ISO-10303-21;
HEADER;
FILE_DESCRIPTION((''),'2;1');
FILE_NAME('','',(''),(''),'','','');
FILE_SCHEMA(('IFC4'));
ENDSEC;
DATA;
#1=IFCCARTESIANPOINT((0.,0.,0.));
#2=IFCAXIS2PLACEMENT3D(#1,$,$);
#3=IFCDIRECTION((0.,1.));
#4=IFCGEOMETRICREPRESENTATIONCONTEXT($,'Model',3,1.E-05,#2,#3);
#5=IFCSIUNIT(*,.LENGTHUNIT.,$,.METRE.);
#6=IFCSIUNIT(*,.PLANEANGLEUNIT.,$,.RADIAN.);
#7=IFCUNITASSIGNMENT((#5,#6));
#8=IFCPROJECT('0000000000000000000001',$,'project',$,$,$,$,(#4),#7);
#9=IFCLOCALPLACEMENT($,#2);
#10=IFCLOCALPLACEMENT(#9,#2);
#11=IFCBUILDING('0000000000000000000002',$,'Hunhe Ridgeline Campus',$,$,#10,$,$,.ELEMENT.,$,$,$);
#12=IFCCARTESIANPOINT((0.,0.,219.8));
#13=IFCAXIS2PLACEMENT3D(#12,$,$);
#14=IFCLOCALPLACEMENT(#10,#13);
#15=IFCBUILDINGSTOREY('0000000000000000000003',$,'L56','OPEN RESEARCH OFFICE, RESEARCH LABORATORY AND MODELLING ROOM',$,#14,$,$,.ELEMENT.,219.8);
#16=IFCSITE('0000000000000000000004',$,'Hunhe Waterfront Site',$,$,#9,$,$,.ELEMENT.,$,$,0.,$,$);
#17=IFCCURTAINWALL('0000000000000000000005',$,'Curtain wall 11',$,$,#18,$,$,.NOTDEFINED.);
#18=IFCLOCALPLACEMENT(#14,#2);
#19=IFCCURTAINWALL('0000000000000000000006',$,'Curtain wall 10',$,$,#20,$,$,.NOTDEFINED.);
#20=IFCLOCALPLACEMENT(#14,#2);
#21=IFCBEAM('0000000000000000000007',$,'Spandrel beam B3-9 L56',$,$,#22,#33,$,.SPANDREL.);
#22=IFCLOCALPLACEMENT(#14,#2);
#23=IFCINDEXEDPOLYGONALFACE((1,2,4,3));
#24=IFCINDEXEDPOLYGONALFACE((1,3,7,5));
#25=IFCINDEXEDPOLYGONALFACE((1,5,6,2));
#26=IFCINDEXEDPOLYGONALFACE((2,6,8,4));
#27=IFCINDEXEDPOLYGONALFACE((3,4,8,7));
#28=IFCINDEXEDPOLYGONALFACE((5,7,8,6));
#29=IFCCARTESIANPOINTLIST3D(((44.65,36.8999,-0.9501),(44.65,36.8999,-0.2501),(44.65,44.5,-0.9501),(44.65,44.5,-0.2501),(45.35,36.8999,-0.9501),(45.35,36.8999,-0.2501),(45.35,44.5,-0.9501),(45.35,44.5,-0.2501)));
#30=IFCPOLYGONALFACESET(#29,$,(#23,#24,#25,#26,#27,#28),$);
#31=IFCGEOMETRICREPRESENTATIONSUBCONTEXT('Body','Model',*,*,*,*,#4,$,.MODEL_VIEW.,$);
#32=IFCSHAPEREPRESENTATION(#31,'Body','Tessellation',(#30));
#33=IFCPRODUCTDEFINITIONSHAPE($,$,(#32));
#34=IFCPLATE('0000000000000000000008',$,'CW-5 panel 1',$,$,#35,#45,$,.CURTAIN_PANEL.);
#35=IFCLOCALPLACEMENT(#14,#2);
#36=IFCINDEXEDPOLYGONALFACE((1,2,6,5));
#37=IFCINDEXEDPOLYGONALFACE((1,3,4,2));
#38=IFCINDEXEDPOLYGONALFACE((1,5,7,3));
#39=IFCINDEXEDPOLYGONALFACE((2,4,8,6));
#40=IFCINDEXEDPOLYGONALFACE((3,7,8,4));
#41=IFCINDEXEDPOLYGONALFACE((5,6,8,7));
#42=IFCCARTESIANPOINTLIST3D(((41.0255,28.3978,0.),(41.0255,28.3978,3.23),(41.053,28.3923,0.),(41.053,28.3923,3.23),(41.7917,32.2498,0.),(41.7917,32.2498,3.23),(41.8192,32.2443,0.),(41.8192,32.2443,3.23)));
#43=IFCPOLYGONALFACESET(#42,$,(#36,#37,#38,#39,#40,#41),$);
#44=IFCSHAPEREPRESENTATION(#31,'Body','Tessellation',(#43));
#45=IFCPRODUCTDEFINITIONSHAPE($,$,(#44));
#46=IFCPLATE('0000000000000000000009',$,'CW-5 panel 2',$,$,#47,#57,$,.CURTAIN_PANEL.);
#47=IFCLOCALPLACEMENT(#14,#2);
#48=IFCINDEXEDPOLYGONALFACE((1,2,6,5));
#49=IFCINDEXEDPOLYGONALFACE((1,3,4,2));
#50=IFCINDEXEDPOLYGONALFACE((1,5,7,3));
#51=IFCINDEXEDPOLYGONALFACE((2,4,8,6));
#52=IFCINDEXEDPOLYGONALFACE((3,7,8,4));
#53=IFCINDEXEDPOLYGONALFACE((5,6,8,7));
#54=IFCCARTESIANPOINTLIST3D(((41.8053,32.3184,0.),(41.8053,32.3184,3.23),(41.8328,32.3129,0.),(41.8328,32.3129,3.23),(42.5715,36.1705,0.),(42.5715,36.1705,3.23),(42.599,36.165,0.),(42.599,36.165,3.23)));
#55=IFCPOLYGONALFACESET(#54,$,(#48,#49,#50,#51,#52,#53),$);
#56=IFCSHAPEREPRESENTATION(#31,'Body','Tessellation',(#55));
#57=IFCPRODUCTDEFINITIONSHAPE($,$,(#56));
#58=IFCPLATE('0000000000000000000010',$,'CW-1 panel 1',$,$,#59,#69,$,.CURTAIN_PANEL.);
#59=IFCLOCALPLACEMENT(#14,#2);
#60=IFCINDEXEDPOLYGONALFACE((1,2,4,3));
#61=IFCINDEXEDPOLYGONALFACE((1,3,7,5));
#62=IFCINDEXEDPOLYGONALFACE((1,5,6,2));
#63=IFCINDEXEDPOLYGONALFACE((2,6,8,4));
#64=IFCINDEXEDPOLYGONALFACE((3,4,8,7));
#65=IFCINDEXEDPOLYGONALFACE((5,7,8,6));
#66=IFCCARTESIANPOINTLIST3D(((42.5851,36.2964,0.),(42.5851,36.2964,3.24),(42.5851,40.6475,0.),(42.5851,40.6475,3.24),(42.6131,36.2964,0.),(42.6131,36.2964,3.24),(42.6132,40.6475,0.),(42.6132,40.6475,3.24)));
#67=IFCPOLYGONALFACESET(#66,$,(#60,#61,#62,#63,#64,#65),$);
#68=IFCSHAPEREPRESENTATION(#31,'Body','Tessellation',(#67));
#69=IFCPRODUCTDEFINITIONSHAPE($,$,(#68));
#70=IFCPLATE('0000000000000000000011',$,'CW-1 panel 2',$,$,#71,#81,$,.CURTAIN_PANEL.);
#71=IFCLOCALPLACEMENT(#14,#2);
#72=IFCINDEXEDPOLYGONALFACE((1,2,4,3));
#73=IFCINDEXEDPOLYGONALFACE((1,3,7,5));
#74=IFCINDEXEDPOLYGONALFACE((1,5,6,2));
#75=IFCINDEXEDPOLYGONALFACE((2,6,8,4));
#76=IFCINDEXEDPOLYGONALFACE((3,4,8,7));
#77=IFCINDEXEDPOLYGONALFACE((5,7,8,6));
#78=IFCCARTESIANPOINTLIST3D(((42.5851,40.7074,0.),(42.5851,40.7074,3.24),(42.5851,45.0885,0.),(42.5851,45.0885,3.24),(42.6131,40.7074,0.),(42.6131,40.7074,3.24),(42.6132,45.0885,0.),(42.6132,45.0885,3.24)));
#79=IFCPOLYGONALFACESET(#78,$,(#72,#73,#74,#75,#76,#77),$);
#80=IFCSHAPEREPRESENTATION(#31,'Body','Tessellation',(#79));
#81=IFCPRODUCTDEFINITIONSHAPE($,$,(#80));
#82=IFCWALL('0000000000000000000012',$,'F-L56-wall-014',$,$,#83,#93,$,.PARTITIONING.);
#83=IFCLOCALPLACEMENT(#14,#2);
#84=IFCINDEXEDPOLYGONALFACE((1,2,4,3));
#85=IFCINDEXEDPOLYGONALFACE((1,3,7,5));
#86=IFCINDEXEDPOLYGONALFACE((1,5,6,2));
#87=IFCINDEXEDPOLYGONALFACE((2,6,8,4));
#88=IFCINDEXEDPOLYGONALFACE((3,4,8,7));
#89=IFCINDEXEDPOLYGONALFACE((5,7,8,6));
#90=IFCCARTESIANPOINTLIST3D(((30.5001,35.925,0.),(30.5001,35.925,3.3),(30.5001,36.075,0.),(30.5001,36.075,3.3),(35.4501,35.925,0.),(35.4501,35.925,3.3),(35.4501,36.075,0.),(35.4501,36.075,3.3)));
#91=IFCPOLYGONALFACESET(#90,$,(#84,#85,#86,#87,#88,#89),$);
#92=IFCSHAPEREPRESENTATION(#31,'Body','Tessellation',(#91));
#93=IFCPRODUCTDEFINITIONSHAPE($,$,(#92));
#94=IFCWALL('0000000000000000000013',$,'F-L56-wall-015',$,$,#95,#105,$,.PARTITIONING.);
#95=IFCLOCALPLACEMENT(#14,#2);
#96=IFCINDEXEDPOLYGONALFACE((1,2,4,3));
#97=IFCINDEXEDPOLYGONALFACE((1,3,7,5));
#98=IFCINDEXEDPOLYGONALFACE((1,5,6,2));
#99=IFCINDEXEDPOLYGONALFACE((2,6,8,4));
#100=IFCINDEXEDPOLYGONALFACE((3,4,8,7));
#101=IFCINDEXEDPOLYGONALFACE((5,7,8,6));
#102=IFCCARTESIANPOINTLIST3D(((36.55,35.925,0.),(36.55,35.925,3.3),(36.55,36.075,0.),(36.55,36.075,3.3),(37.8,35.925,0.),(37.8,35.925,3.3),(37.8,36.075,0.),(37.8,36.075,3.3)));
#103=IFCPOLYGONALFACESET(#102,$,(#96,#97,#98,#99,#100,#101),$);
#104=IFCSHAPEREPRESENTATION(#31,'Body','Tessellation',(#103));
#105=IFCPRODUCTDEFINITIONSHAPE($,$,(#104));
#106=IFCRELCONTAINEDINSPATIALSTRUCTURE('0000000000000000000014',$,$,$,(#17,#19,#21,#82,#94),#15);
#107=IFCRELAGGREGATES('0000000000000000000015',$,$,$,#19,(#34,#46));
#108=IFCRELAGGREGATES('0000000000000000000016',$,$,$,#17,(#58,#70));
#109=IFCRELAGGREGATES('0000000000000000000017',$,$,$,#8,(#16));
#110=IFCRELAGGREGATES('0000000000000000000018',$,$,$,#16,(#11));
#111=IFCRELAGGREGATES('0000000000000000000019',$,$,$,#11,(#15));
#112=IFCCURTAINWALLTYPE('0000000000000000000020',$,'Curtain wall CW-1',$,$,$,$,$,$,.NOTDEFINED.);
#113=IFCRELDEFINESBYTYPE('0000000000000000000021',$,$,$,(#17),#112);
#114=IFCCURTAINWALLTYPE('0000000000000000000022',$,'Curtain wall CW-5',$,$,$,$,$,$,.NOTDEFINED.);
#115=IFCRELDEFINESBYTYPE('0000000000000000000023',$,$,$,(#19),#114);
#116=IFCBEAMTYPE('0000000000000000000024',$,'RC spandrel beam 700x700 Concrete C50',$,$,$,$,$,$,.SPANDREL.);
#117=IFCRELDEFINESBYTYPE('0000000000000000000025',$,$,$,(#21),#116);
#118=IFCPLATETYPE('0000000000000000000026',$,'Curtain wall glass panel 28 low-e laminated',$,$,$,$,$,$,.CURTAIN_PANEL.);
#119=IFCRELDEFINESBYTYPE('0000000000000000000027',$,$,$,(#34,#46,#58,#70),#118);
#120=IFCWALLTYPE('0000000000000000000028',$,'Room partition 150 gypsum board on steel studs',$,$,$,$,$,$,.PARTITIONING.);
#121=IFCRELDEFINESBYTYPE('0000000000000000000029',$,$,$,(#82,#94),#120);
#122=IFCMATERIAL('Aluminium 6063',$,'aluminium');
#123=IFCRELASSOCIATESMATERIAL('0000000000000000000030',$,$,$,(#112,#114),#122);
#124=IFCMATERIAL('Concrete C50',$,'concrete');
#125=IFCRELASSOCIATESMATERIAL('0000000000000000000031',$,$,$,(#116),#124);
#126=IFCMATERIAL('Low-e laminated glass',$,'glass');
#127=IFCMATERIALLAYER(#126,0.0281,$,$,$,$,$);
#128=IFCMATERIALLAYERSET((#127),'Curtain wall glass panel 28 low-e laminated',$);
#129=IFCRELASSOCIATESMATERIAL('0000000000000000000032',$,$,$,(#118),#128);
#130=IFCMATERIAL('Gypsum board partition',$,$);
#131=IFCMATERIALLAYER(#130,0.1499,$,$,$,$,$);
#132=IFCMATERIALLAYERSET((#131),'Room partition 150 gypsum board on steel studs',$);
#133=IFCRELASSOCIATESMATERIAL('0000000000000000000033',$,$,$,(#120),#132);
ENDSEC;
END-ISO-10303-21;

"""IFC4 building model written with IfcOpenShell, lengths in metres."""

from ifc_helpers import new_model, si_unit, direction, frame, frame_2d, origin, origin_2d, place, context, subcontext, project, spatial, rectangle, extrude, material, layer, layer_set, material_profile, profile_set, type_object, element, aggregate, save


model = new_model("IFC4")

# Units and contexts
model_context = context("Model", 3, precision=1e-05, world=origin(), true_north=direction((0.0, 1.0)))
body_context = subcontext(model_context, "Body", "Model", "MODEL_VIEW")
ifc_project = project(units=[si_unit("LENGTHUNIT", "METRE"), si_unit("PLANEANGLEUNIT", "RADIAN")], contexts=[model_context])

# Site, building, storey
site_placement = place(None, origin())
site = spatial("IfcSite", under=ifc_project, at=site_placement, Name="Hunhe Waterfront Site", CompositionType="ELEMENT", RefElevation=0.0)
building_placement = place(site_placement, origin())
building = spatial("IfcBuilding", under=site, at=building_placement, Name="Hunhe Ridgeline Campus", CompositionType="ELEMENT")
storey_placement = place(building_placement, frame((0.0, 0.0, 219.8)))
storey = spatial("IfcBuildingStorey", under=building, at=storey_placement, Name="L56", Description="OPEN RESEARCH OFFICE, RESEARCH LABORATORY AND MODELLING ROOM", CompositionType="ELEMENT", Elevation=219.8)

# Curtain wall
ifc_material_1 = material(Name="Aluminium 6063", Category="aluminium")
curtain_wall_type_1 = type_object("IfcCurtainWallType", Name="Curtain wall CW-1", PredefinedType="NOTDEFINED", material=ifc_material_1)
curtain_wall_1_placement = place(storey_placement, origin())
curtain_wall_1 = element("IfcCurtainWall", 1, at=curtain_wall_1_placement, inside=storey, type_object=curtain_wall_type_1, Name="Curtain wall 11", PredefinedType="NOTDEFINED")

# Shared definitions
curtain_wall_type_2 = type_object("IfcCurtainWallType", Name="Curtain wall CW-5", PredefinedType="NOTDEFINED", material=ifc_material_1)

# Curtain wall
curtain_wall_2_placement = place(storey_placement, origin())
curtain_wall_2 = element("IfcCurtainWall", 2, at=curtain_wall_2_placement, inside=storey, type_object=curtain_wall_type_2, Name="Curtain wall 10", PredefinedType="NOTDEFINED")

# Beam
ifc_material_2 = material(Name="Concrete C50", Category="concrete")
ifc_material_profile_1 = material_profile(ifc_material_2, rectangle(XDim=0.7, YDim=0.7, at=origin_2d()))
ifc_profile_set_1 = profile_set([ifc_material_profile_1], Name="Concrete C50")
beam_type = type_object("IfcBeamType", Name="RC spandrel beam 700x700 Concrete C50", PredefinedType="SPANDREL", material=ifc_profile_set_1)
beam_1_placement = place(storey_placement, frame((45.0, 36.8999, -0.6001), z_axis=(0.0, 1.0, 0.0), x_axis=(-1.0, 0.0, 0.0)))
element("IfcBeam", 3, at=beam_1_placement, inside=storey, type_object=beam_type, Name="Spandrel beam B3-9 L56", PredefinedType="SPANDREL", context=body_context, shape_type="SweptSolid", body=[
    extrude(rectangle(XDim=0.7, YDim=0.7, at=origin_2d()), origin(), (0.0, 0.0, 1.0), 7.6001),
])

# Plates
ifc_material_3 = material(Name="Low-e laminated glass", Category="glass")
ifc_layer_1 = layer(ifc_material_3, 0.0281)
ifc_layer_set_1 = layer_set([ifc_layer_1], Name="Curtain wall glass panel 28 low-e laminated")
plate_type = type_object("IfcPlateType", Name="Curtain wall glass panel 28 low-e laminated", PredefinedType="CURTAIN_PANEL", material=ifc_layer_set_1)
plate_1_placement = place(storey_placement, frame((41.4224, 30.321, 0.0), z_axis=(0.0, 0.0, 1.0), x_axis=(0.19509, 0.980785, 0.0)))
plate_1 = element("IfcPlate", 4, at=plate_1_placement, type_object=plate_type, Name="CW-5 panel 1", PredefinedType="CURTAIN_PANEL", context=body_context, shape_type="SweptSolid", body=[
    extrude(rectangle(XDim=3.9275, YDim=0.0281, at=origin_2d()), origin(), (0.0, 0.0, 1.0), 3.23),
])
plate_2_placement = place(storey_placement, frame((42.2021, 34.2417, 0.0), z_axis=(0.0, 0.0, 1.0), x_axis=(0.19509, 0.980785, 0.0)))
plate_2 = element("IfcPlate", 5, at=plate_2_placement, type_object=plate_type, Name="CW-5 panel 2", PredefinedType="CURTAIN_PANEL", context=body_context, shape_type="SweptSolid", body=[
    extrude(rectangle(XDim=3.9275, YDim=0.0281, at=origin_2d()), origin(), (0.0, 0.0, 1.0), 3.23),
])
aggregate(curtain_wall_2, [plate_1, plate_2])
plate_3_placement = place(storey_placement, frame((42.5991, 38.4719, 0.0), z_axis=(0.0, 0.0, 1.0), x_axis=(0.000007, 1.0, 0.0)))
plate_3 = element("IfcPlate", 6, at=plate_3_placement, type_object=plate_type, Name="CW-1 panel 1", PredefinedType="CURTAIN_PANEL", context=body_context, shape_type="SweptSolid", body=[
    extrude(rectangle(XDim=4.3511, YDim=0.0281, at=origin_2d()), origin(), (0.0, 0.0, 1.0), 3.24),
])
plate_4_placement = place(storey_placement, frame((42.5991, 42.8979, 0.0), z_axis=(0.0, 0.0, 1.0), x_axis=(0.000007, 1.0, 0.0)))
plate_4 = element("IfcPlate", 7, at=plate_4_placement, type_object=plate_type, Name="CW-1 panel 2", PredefinedType="CURTAIN_PANEL", context=body_context, shape_type="SweptSolid", body=[
    extrude(rectangle(XDim=4.3811, YDim=0.0281, at=origin_2d()), origin(), (0.0, 0.0, 1.0), 3.24),
])
aggregate(curtain_wall_1, [plate_3, plate_4])

# Walls
ifc_material_4 = material(Name="Gypsum board partition")
ifc_layer_2 = layer(ifc_material_4, 0.1499)
ifc_layer_set_2 = layer_set([ifc_layer_2], Name="Room partition 150 gypsum board on steel studs")
wall_type = type_object("IfcWallType", Name="Room partition 150 gypsum board on steel studs", PredefinedType="PARTITIONING", material=ifc_layer_set_2)
wall_1_placement = place(storey_placement, frame((30.5, 36.0, 0.0), z_axis=(0.0, 0.0, 1.0), x_axis=(1.0, 0.0, 0.0)))
element("IfcWall", 8, at=wall_1_placement, inside=storey, type_object=wall_type, Name="F-L56-wall-014", PredefinedType="PARTITIONING", context=body_context, shape_type="SweptSolid", body=[
    extrude(rectangle(XDim=4.95, YDim=0.1499, at=frame_2d((2.4751, 0.0))), origin(), (0.0, 0.0, 1.0), 3.3),
])
wall_2_placement = place(storey_placement, frame((36.55, 36.0, 0.0), z_axis=(0.0, 0.0, 1.0), x_axis=(1.0, 0.0, 0.0)))
element("IfcWall", 9, at=wall_2_placement, inside=storey, type_object=wall_type, Name="F-L56-wall-015", PredefinedType="PARTITIONING", context=body_context, shape_type="SweptSolid", body=[
    extrude(rectangle(XDim=1.25, YDim=0.1499, at=frame_2d((0.625, 0.0))), origin(), (0.0, 0.0, 1.0), 3.3),
])

save(model, "model.ifc")
